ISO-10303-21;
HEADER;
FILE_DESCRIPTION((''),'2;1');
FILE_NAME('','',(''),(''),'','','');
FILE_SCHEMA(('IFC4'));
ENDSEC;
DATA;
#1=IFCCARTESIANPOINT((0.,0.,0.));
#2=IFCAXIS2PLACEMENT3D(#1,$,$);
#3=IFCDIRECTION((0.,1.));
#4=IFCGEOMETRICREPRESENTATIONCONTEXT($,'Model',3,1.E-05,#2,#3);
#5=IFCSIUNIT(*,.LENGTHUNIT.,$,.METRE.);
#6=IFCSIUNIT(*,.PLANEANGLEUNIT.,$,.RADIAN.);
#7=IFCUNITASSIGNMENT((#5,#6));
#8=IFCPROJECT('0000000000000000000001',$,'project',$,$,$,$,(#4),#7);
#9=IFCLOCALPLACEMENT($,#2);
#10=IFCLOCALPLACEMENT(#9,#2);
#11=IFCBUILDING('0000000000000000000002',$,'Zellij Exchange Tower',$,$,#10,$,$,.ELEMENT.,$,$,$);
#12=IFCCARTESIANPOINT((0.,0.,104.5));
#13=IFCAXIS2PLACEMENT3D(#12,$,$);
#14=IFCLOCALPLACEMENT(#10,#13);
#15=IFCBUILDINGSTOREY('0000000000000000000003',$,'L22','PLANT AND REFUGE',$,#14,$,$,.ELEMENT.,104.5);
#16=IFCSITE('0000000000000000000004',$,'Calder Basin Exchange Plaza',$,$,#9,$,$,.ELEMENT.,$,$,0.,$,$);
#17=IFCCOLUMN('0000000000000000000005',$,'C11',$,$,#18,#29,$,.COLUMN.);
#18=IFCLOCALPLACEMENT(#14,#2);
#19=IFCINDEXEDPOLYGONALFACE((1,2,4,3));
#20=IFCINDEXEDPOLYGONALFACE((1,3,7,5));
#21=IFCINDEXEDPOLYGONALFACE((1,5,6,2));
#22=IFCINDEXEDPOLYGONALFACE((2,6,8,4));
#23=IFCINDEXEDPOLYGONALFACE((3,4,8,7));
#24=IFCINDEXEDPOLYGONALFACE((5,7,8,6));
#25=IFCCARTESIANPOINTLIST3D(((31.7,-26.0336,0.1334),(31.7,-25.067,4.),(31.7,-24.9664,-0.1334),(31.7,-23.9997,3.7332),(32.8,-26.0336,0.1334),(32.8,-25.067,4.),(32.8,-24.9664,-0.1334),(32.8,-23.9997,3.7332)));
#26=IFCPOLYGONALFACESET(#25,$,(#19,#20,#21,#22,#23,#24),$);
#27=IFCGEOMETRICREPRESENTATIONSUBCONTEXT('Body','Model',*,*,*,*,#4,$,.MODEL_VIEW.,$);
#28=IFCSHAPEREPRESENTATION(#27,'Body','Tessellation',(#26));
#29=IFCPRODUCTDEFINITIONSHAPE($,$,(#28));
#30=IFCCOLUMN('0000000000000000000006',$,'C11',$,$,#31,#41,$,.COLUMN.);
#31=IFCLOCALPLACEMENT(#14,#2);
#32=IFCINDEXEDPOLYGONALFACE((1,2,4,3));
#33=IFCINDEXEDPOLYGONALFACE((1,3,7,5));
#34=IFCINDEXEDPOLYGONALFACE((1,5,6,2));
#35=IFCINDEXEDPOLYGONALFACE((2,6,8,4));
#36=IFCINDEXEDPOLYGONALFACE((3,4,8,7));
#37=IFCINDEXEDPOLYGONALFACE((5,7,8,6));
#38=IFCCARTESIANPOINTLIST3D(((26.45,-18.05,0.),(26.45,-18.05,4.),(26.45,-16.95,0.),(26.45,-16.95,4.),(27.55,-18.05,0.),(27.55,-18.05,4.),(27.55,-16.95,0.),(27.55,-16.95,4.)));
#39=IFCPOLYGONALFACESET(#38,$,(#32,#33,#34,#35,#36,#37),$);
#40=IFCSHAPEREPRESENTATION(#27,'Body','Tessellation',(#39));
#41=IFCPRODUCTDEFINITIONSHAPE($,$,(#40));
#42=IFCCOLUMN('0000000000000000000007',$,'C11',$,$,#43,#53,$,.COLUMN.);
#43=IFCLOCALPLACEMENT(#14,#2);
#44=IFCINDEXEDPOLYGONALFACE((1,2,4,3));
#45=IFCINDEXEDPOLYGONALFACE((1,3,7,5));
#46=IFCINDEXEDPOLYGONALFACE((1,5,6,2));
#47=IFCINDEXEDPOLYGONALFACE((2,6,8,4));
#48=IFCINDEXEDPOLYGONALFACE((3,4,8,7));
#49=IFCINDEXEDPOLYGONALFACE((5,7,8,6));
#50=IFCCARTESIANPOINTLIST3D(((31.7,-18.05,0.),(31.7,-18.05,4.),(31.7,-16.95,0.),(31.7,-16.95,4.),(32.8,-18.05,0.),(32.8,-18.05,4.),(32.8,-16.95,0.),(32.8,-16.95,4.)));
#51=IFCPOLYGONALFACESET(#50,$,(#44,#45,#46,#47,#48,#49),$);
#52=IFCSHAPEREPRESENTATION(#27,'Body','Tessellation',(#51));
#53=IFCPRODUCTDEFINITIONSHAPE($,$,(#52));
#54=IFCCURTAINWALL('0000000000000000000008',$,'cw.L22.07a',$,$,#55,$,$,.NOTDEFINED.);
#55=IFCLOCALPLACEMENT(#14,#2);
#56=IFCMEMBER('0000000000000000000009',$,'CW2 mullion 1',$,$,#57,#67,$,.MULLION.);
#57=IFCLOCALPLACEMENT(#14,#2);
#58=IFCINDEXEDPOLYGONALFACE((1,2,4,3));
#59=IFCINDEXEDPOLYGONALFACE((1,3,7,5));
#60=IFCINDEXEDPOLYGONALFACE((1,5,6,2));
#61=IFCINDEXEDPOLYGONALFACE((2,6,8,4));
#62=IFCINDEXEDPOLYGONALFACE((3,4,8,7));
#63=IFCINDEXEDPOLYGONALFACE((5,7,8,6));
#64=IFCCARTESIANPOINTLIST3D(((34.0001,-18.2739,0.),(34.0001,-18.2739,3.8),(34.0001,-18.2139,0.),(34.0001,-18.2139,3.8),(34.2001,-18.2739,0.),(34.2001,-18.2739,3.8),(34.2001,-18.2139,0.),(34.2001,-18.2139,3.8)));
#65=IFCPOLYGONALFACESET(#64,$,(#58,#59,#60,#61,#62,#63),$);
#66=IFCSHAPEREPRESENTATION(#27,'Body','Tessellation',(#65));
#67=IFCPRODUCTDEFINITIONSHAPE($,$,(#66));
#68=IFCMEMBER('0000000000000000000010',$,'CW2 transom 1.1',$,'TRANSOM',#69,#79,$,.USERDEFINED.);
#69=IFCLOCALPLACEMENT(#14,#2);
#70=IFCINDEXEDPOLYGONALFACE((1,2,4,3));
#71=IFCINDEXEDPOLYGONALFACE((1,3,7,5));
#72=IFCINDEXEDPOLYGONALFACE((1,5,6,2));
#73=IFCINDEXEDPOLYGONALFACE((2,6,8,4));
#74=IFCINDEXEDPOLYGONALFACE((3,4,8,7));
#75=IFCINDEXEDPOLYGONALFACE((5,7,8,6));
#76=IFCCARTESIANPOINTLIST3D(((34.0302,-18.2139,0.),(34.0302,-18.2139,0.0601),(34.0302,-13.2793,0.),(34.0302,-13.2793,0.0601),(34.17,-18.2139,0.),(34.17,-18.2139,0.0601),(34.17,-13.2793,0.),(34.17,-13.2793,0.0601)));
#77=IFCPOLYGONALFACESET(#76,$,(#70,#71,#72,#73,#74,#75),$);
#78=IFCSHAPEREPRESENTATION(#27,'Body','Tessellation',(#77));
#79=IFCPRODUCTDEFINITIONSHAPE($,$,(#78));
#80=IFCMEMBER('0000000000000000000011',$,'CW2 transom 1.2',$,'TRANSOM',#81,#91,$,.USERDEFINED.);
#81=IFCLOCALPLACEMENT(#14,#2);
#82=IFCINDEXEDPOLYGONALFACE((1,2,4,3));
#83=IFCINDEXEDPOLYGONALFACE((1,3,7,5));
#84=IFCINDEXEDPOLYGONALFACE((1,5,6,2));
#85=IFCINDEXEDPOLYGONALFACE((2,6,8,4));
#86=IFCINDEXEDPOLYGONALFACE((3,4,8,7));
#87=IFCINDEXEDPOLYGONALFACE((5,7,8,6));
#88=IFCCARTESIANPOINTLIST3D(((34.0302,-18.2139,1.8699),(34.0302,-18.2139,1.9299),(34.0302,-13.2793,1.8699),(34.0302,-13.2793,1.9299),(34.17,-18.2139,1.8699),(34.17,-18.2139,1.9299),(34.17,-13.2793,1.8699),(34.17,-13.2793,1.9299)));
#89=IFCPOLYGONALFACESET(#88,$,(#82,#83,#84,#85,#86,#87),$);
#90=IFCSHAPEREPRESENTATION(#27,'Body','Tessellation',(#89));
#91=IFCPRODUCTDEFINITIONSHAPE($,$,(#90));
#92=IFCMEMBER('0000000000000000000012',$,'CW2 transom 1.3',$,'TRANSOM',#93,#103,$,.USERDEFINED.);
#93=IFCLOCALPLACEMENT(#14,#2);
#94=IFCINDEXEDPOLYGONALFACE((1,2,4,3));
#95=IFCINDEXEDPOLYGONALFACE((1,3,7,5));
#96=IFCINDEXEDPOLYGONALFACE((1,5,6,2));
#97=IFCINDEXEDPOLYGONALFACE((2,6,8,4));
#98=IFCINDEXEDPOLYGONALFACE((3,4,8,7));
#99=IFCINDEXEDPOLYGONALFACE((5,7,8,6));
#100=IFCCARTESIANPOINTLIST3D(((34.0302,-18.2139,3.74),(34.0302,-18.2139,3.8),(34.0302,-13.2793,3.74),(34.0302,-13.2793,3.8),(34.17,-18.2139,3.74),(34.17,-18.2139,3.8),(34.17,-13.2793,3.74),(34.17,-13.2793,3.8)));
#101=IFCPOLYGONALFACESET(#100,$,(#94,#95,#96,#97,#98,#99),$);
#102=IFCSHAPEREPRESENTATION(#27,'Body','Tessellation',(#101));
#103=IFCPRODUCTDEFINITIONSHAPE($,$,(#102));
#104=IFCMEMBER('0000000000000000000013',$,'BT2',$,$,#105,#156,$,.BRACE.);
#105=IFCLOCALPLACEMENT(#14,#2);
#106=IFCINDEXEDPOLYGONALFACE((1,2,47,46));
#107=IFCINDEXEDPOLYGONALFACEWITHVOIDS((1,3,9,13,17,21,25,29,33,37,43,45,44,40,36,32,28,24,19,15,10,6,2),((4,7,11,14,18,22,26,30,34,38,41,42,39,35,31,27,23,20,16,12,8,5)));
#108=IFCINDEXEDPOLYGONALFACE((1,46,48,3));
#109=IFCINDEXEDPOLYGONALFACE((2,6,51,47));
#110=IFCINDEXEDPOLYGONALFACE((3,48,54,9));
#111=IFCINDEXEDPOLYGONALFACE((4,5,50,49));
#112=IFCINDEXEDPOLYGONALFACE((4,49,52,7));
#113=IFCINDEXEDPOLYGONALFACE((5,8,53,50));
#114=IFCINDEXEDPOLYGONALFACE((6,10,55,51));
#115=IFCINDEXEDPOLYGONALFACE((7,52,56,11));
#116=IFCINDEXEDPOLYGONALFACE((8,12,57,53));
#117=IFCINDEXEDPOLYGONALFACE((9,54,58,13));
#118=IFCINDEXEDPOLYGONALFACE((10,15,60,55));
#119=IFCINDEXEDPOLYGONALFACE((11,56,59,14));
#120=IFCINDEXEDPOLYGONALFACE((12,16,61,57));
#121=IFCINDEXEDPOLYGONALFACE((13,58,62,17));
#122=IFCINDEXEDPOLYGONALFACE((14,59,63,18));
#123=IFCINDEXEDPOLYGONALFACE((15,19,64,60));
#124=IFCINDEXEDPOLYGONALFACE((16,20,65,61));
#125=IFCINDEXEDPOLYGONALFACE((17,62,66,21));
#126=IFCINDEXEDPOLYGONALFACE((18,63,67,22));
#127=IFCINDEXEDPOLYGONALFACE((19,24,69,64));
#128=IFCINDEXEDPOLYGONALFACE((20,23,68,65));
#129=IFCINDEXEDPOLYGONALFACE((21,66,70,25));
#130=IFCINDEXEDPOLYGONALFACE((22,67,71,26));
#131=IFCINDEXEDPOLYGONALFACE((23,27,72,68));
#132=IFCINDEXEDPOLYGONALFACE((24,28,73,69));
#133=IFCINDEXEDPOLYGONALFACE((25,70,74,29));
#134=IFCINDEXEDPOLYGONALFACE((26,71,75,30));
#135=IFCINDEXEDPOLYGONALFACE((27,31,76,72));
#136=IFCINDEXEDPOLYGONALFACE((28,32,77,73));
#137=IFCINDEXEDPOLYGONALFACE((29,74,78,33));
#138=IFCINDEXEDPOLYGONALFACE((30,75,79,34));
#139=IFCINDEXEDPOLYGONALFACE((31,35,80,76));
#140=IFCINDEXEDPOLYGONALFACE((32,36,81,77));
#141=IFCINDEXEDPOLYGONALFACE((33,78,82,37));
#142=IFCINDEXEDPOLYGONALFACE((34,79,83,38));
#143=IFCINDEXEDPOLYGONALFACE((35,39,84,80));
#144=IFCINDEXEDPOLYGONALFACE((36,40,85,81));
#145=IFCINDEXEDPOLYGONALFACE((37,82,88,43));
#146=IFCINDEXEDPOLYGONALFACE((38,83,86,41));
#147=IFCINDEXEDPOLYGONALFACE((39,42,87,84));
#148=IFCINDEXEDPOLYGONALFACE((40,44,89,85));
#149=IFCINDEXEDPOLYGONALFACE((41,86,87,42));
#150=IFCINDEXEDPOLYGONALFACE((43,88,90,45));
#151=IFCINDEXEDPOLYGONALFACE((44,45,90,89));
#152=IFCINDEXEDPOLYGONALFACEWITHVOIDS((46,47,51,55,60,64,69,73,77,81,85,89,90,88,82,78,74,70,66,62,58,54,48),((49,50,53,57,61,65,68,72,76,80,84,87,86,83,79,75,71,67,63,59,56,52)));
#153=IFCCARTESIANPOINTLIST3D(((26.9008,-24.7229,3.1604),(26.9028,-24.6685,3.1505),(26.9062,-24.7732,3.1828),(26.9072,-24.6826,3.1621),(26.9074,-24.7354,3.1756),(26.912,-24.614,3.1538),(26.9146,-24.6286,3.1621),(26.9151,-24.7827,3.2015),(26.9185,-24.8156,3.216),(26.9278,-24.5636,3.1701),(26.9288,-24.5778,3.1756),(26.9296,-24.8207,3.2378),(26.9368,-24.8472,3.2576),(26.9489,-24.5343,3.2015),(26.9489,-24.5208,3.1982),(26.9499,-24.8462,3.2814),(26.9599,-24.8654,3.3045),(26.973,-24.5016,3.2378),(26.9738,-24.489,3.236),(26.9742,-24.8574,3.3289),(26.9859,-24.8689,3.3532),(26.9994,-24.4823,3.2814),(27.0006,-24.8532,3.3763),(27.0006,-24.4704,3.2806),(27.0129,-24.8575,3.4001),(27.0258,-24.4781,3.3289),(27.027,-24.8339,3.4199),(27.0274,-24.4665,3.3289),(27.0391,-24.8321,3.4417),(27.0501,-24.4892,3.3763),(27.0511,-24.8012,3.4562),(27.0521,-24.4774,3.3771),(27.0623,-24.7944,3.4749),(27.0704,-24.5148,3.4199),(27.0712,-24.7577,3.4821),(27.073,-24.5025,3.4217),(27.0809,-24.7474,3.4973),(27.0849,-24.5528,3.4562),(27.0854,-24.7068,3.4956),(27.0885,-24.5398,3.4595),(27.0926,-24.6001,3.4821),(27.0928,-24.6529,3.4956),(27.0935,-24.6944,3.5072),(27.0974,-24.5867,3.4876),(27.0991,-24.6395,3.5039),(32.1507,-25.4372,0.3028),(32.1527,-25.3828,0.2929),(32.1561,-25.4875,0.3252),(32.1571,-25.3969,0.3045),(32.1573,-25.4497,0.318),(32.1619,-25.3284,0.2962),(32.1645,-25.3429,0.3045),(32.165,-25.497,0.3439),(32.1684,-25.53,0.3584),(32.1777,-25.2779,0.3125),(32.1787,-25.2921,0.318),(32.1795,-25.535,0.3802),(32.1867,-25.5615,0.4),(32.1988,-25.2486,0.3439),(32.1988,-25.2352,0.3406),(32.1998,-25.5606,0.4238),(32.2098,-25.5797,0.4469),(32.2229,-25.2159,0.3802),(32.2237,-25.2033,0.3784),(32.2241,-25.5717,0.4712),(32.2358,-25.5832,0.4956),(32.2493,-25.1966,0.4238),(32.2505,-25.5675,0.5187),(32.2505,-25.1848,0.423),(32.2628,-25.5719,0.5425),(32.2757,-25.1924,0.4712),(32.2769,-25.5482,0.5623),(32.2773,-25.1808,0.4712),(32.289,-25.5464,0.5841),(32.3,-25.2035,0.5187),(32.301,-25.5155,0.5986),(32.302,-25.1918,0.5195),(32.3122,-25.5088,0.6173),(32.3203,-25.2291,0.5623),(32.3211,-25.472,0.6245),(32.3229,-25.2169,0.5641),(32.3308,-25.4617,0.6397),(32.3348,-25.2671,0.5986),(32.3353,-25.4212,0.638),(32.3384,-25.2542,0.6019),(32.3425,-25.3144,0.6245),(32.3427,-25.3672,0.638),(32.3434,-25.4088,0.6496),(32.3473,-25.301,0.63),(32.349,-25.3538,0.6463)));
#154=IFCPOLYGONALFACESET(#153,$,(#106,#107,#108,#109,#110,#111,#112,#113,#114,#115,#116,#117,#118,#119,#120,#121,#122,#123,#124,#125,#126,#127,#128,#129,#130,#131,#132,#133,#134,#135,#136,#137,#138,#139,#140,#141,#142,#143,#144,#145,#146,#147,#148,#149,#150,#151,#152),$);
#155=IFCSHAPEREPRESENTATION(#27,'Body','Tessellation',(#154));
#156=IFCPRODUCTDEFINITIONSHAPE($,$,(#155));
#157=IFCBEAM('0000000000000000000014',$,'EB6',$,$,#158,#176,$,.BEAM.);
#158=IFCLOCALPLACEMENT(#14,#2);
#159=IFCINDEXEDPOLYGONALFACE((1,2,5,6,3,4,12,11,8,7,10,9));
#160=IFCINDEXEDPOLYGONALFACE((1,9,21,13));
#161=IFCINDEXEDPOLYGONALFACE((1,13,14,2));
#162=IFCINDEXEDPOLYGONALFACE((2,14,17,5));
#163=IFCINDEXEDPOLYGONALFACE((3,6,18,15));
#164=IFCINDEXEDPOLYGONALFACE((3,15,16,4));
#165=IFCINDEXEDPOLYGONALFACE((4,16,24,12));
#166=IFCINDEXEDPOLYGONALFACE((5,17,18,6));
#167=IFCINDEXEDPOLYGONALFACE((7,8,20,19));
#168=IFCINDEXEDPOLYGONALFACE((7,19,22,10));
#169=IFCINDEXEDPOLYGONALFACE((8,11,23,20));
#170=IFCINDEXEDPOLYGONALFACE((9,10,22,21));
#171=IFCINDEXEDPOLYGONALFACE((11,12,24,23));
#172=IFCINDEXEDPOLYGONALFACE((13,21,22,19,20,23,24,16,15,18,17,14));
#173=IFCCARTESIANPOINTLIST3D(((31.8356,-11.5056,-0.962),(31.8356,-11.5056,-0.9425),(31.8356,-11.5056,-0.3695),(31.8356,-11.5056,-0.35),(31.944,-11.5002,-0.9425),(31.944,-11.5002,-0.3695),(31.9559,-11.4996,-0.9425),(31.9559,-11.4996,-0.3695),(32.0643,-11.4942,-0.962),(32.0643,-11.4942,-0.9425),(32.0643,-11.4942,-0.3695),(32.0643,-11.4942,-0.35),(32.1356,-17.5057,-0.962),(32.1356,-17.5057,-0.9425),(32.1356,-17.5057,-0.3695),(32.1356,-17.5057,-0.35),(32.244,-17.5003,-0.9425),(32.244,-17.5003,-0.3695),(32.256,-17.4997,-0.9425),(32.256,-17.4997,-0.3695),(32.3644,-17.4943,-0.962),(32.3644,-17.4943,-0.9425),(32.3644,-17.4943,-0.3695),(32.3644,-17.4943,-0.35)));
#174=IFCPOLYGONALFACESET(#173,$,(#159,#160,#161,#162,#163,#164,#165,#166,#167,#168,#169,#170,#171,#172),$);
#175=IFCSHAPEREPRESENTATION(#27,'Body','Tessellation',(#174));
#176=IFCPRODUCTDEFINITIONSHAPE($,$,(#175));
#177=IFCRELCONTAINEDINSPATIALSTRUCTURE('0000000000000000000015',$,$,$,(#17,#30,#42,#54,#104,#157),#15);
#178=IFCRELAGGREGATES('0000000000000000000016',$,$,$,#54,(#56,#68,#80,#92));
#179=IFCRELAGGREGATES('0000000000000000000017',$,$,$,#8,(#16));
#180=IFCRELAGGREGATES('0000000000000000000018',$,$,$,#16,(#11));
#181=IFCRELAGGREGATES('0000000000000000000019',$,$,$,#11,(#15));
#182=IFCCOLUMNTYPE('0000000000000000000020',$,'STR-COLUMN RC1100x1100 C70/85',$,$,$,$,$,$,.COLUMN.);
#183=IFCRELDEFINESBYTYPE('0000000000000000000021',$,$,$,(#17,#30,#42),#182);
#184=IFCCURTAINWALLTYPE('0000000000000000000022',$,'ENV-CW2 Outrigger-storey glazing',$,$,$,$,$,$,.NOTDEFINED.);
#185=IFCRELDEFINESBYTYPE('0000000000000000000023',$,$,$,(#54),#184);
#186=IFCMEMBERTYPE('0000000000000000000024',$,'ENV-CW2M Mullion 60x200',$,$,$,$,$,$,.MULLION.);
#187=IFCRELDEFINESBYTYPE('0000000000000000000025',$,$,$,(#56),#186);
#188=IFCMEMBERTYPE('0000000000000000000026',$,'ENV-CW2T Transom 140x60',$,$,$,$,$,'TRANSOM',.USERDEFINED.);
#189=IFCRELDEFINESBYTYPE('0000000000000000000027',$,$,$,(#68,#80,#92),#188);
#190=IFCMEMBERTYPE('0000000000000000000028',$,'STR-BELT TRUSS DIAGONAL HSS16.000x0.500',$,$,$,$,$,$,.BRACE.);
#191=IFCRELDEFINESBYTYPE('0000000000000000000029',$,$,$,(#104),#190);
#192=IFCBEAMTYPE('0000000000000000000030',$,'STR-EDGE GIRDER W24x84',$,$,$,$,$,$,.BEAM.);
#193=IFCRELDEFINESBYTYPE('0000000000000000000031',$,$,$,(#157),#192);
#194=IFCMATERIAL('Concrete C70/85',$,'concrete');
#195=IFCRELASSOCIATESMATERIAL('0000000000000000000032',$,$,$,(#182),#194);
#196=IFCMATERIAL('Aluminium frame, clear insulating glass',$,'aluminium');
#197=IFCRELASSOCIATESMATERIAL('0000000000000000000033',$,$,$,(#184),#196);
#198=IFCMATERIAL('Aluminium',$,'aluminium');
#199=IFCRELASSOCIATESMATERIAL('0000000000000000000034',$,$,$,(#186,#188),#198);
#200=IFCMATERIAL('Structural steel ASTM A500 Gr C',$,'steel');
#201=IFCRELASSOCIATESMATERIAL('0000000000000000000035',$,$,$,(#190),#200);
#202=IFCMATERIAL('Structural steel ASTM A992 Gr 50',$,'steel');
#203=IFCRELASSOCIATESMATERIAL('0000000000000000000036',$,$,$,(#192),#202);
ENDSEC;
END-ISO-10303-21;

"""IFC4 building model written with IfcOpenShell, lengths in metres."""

from ifc_helpers import new_model, si_unit, direction, frame, origin, origin_2d, place, context, subcontext, project, spatial, rectangle, hollow_circle, i_section, extrude, clip, halfspace, material, material_profile, profile_set, type_object, element, aggregate, save


model = new_model("IFC4")

# Units and contexts
model_context = context("Model", 3, precision=1e-05, world=origin(), true_north=direction((0.0, 1.0)))
body_context = subcontext(model_context, "Body", "Model", "MODEL_VIEW")
ifc_project = project(units=[si_unit("LENGTHUNIT", "METRE"), si_unit("PLANEANGLEUNIT", "RADIAN")], contexts=[model_context])

# Site, building, storey
site_placement = place(None, origin())
site = spatial("IfcSite", under=ifc_project, at=site_placement, Name="Calder Basin Exchange Plaza", CompositionType="ELEMENT", RefElevation=0.0)
building_placement = place(site_placement, origin())
building = spatial("IfcBuilding", under=site, at=building_placement, Name="Zellij Exchange Tower", CompositionType="ELEMENT")
storey_placement = place(building_placement, frame((0.0, 0.0, 104.5)))
storey = spatial("IfcBuildingStorey", under=building, at=storey_placement, Name="L22", Description="PLANT AND REFUGE", CompositionType="ELEMENT", Elevation=104.5)

# Columns
ifc_material_1 = material(Name="Concrete C70/85", Category="concrete")
ifc_material_profile_1 = material_profile(ifc_material_1, rectangle(XDim=1.1001, YDim=1.1001, at=origin_2d()), Name="STR-COLUMN RC1100x1100 C70/85")
ifc_profile_set_1 = profile_set([ifc_material_profile_1], Name="Concrete C70/85")
column_type = type_object("IfcColumnType", Name="STR-COLUMN RC1100x1100 C70/85", PredefinedType="COLUMN", material=ifc_profile_set_1)
column_placement = place(storey_placement, frame((32.25, -25.5, 0.0), z_axis=(0.0, 0.242536, 0.970143), x_axis=(-1.0, 0.0, 0.0)))
element("IfcColumn", 1, at=column_placement, inside=storey, type_object=column_type, Name="C11", PredefinedType="COLUMN", context=body_context, shape_type="Clipping", body=[
    clip(extrude(rectangle(XDim=1.1001, YDim=1.1001, at=origin_2d()), origin(), (0.0, 0.0, 1.0), 4.123), halfspace(frame((0.0, 0.0, 3.9856)), False)),
])
for number, where, z_axis, x_axis, name in (
    (2, (27.0, -17.5, 0.0), (0.0, 0.0, 1.0), (1.0, 0.0, 0.0), "C11"),
    (3, (32.25, -17.5, 0.0), (0.0, 0.0, 1.0), (1.0, 0.0, 0.0), "C11"),
):
    element("IfcColumn", number, at=place(storey_placement, frame(where, z_axis=z_axis, x_axis=x_axis)), inside=storey, type_object=column_type, Name=name, PredefinedType="COLUMN", context=body_context, shape_type="SweptSolid", body=[
        extrude(rectangle(XDim=1.1001, YDim=1.1001, at=origin_2d()), origin(), (0.0, 0.0, 1.0), 4.0),
    ])

# Curtain wall, members
ifc_material_2 = material(Name="Aluminium frame, clear insulating glass", Category="aluminium")
curtain_wall_type = type_object("IfcCurtainWallType", Name="ENV-CW2 Outrigger-storey glazing", PredefinedType="NOTDEFINED", material=ifc_material_2)
curtain_wall_placement = place(storey_placement, origin())
curtain_wall = element("IfcCurtainWall", 4, at=curtain_wall_placement, inside=storey, type_object=curtain_wall_type, Name="cw.L22.07a", PredefinedType="NOTDEFINED")
ifc_material_3 = material(Name="Aluminium", Category="aluminium")
ifc_material_profile_2 = material_profile(ifc_material_3, rectangle(XDim=0.0601, YDim=0.2, at=origin_2d()), Name="AL 60x200")
ifc_profile_set_2 = profile_set([ifc_material_profile_2], Name="Aluminium")
member_type_1 = type_object("IfcMemberType", Name="ENV-CW2M Mullion 60x200", PredefinedType="MULLION", material=ifc_profile_set_2)
member_1_placement = place(storey_placement, frame((34.1001, -18.2439, 0.0), z_axis=(0.0, 0.0, 1.0), x_axis=(0.0, 1.0, 0.0)))
member_1 = element("IfcMember", 5, at=member_1_placement, type_object=member_type_1, Name="CW2 mullion 1", PredefinedType="MULLION", context=body_context, shape_type="SweptSolid", body=[
    extrude(rectangle(XDim=0.0601, YDim=0.2, at=origin_2d()), origin(), (0.0, 0.0, 1.0), 3.8),
])
ifc_material_profile_3 = material_profile(ifc_material_3, rectangle(XDim=0.1399, YDim=0.0601, at=origin_2d()), Name="AL 140x60")
ifc_profile_set_3 = profile_set([ifc_material_profile_3], Name="Aluminium")
member_type_2 = type_object("IfcMemberType", Name="ENV-CW2T Transom 140x60", ElementType="TRANSOM", PredefinedType="USERDEFINED", material=ifc_profile_set_3)
member_2_placement = place(storey_placement, frame((34.1001, -18.2139, 0.03), z_axis=(0.0, 1.0, 0.0), x_axis=(-1.0, 0.0, 0.0)))
member_2 = element("IfcMember", 6, at=member_2_placement, type_object=member_type_2, Name="CW2 transom 1.1", ObjectType="TRANSOM", PredefinedType="USERDEFINED", context=body_context, shape_type="SweptSolid", body=[
    extrude(rectangle(XDim=0.1399, YDim=0.0601, at=origin_2d()), origin(), (0.0, 0.0, 1.0), 4.9346),
])
member_3_placement = place(storey_placement, frame((34.1001, -18.2139, 1.8999), z_axis=(0.0, 1.0, 0.0), x_axis=(-1.0, 0.0, 0.0)))
member_3 = element("IfcMember", 7, at=member_3_placement, type_object=member_type_2, Name="CW2 transom 1.2", ObjectType="TRANSOM", PredefinedType="USERDEFINED", context=body_context, shape_type="SweptSolid", body=[
    extrude(rectangle(XDim=0.1399, YDim=0.0601, at=origin_2d()), origin(), (0.0, 0.0, 1.0), 4.9346),
])
member_4_placement = place(storey_placement, frame((34.1001, -18.2139, 3.77), z_axis=(0.0, 1.0, 0.0), x_axis=(-1.0, 0.0, 0.0)))
member_4 = element("IfcMember", 8, at=member_4_placement, type_object=member_type_2, Name="CW2 transom 1.3", ObjectType="TRANSOM", PredefinedType="USERDEFINED", context=body_context, shape_type="SweptSolid", body=[
    extrude(rectangle(XDim=0.1399, YDim=0.0601, at=origin_2d()), origin(), (0.0, 0.0, 1.0), 4.9346),
])
aggregate(curtain_wall, [member_1, member_2, member_3, member_4])

# Member
ifc_material_4 = material(Name="Structural steel ASTM A500 Gr C", Category="steel")
ifc_material_profile_4 = material_profile(ifc_material_4, hollow_circle(Radius=0.2031, WallThickness=0.0117, at=origin_2d()), Name="STR-BELT TRUSS DIAGONAL HSS16.000x0.500")
ifc_profile_set_4 = profile_set([ifc_material_profile_4], Name="Structural steel ASTM A500 Gr C")
member_type_3 = type_object("IfcMemberType", Name="STR-BELT TRUSS DIAGONAL HSS16.000x0.500", PredefinedType="BRACE", material=ifc_profile_set_4)
member_5_placement = place(storey_placement, frame((27.0, -24.6677, 3.3289), z_axis=(0.872109, -0.118666, -0.474704), x_axis=(0.134825, 0.990869, 0.0)))
element("IfcMember", 9, at=member_5_placement, inside=storey, type_object=member_type_3, Name="BT2", PredefinedType="BRACE", context=body_context, shape_type="SweptSolid", body=[
    extrude(hollow_circle(Radius=0.2031, WallThickness=0.0117, at=origin_2d()), origin(), (0.0, 0.0, 1.0), 6.0198),
])

# Beam
ifc_material_5 = material(Name="Structural steel ASTM A992 Gr 50", Category="steel")
ifc_material_profile_5 = material_profile(ifc_material_5, i_section(OverallWidth=0.229, OverallDepth=0.6121, WebThickness=0.012, FlangeThickness=0.0195, at=origin_2d()), Name="W24x84")
ifc_profile_set_5 = profile_set([ifc_material_profile_5], Name="Structural steel ASTM A992 Gr 50")
beam_type_1 = type_object("IfcBeamType", Name="STR-EDGE GIRDER W24x84", PredefinedType="BEAM", material=ifc_profile_set_5)
beam_1_placement = place(storey_placement, frame((32.25, -17.5, -0.656), z_axis=(-0.049946, 0.998752, 0.0), x_axis=(-0.998752, -0.049946, 0.0)))
element("IfcBeam", 10, at=beam_1_placement, inside=storey, type_object=beam_type_1, Name="EB6", PredefinedType="BEAM", context=body_context, shape_type="SweptSolid", body=[
    extrude(i_section(OverallWidth=0.229, OverallDepth=0.6121, WebThickness=0.012, FlangeThickness=0.0195, at=origin_2d()), origin(), (0.0, 0.0, 1.0), 6.0076),
])

save(model, "model.ifc")
